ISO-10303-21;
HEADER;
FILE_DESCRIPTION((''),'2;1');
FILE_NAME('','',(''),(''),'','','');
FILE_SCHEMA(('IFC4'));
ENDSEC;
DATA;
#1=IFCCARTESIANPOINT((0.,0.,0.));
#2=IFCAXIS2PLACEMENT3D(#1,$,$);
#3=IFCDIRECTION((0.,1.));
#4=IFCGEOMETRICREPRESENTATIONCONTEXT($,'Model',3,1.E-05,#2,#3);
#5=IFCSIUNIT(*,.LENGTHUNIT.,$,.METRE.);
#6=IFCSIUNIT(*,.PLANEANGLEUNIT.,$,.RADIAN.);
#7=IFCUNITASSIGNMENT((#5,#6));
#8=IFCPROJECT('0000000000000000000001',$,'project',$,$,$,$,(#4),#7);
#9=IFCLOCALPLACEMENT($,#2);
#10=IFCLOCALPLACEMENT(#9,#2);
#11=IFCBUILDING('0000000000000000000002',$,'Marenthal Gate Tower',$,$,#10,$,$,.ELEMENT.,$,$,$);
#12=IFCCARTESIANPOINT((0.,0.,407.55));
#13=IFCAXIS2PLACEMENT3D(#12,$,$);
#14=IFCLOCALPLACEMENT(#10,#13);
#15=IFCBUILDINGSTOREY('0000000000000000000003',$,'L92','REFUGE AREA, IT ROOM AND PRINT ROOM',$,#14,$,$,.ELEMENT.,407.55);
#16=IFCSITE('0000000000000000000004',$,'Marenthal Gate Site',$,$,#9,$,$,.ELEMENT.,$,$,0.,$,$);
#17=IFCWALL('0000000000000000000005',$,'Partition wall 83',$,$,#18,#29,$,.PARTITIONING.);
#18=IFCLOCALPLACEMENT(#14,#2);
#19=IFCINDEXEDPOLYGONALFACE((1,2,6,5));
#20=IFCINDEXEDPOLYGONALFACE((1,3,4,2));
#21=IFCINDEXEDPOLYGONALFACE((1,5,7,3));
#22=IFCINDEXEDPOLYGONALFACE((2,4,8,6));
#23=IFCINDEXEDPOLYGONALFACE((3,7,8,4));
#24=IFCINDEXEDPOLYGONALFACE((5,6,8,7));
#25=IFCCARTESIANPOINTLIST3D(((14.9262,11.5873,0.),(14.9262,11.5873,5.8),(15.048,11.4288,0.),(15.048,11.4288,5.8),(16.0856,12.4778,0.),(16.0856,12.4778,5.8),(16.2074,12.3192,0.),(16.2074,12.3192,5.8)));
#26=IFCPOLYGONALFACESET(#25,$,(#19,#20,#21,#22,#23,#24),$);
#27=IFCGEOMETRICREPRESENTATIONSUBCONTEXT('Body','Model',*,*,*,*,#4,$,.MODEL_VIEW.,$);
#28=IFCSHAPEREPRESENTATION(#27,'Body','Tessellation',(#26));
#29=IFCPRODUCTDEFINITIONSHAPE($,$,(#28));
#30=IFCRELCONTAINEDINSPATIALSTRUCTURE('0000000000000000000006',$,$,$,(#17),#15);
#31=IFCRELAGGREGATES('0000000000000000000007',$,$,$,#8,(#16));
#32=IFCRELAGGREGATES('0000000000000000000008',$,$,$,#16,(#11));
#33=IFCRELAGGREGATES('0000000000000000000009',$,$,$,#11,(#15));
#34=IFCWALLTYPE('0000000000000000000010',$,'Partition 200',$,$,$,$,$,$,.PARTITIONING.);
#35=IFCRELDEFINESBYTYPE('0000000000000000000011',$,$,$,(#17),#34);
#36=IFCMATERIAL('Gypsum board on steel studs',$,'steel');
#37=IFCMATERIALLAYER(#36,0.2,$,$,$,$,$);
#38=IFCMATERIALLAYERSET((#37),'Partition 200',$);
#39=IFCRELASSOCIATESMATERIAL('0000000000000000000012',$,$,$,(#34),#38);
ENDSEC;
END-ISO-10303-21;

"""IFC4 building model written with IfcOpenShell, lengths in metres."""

from ifc_helpers import new_model, si_unit, direction, frame, frame_2d, origin, place, context, subcontext, project, spatial, rectangle, extrude, material, layer, layer_set, type_object, element, save


model = new_model("IFC4")

# Units and contexts
model_context = context("Model", 3, precision=1e-05, world=origin(), true_north=direction((0.0, 1.0)))
body_context = subcontext(model_context, "Body", "Model", "MODEL_VIEW")
ifc_project = project(units=[si_unit("LENGTHUNIT", "METRE"), si_unit("PLANEANGLEUNIT", "RADIAN")], contexts=[model_context])

# Site, building, storey
site_placement = place(None, origin())
site = spatial("IfcSite", under=ifc_project, at=site_placement, Name="Marenthal Gate Site", CompositionType="ELEMENT", RefElevation=0.0)
building_placement = place(site_placement, origin())
building = spatial("IfcBuilding", under=site, at=building_placement, Name="Marenthal Gate Tower", CompositionType="ELEMENT")
storey_placement = place(building_placement, frame((0.0, 0.0, 407.55)))
storey = spatial("IfcBuildingStorey", under=building, at=storey_placement, Name="L92", Description="REFUGE AREA, IT ROOM AND PRINT ROOM", CompositionType="ELEMENT", Elevation=407.55)

# Wall
ifc_material_1 = material(Name="Gypsum board on steel studs", Category="steel")
ifc_layer_1 = layer(ifc_material_1, 0.2)
ifc_layer_set_1 = layer_set([ifc_layer_1], Name="Partition 200")
wall_type_1 = type_object("IfcWallType", Name="Partition 200", PredefinedType="PARTITIONING", material=ifc_layer_set_1)
wall_1_placement = place(storey_placement, frame((14.9871, 11.5081, 0.0), z_axis=(0.0, 0.0, 1.0), x_axis=(0.793114, 0.609073, 0.0)))
element("IfcWall", 1, at=wall_1_placement, inside=storey, type_object=wall_type_1, Name="Partition wall 83", PredefinedType="PARTITIONING", context=body_context, shape_type="SweptSolid", body=[
    extrude(rectangle(XDim=1.4619, YDim=0.2, at=frame_2d((0.731, 0.0))), origin(), (0.0, 0.0, 1.0), 5.8),
])

save(model, "model.ifc")
